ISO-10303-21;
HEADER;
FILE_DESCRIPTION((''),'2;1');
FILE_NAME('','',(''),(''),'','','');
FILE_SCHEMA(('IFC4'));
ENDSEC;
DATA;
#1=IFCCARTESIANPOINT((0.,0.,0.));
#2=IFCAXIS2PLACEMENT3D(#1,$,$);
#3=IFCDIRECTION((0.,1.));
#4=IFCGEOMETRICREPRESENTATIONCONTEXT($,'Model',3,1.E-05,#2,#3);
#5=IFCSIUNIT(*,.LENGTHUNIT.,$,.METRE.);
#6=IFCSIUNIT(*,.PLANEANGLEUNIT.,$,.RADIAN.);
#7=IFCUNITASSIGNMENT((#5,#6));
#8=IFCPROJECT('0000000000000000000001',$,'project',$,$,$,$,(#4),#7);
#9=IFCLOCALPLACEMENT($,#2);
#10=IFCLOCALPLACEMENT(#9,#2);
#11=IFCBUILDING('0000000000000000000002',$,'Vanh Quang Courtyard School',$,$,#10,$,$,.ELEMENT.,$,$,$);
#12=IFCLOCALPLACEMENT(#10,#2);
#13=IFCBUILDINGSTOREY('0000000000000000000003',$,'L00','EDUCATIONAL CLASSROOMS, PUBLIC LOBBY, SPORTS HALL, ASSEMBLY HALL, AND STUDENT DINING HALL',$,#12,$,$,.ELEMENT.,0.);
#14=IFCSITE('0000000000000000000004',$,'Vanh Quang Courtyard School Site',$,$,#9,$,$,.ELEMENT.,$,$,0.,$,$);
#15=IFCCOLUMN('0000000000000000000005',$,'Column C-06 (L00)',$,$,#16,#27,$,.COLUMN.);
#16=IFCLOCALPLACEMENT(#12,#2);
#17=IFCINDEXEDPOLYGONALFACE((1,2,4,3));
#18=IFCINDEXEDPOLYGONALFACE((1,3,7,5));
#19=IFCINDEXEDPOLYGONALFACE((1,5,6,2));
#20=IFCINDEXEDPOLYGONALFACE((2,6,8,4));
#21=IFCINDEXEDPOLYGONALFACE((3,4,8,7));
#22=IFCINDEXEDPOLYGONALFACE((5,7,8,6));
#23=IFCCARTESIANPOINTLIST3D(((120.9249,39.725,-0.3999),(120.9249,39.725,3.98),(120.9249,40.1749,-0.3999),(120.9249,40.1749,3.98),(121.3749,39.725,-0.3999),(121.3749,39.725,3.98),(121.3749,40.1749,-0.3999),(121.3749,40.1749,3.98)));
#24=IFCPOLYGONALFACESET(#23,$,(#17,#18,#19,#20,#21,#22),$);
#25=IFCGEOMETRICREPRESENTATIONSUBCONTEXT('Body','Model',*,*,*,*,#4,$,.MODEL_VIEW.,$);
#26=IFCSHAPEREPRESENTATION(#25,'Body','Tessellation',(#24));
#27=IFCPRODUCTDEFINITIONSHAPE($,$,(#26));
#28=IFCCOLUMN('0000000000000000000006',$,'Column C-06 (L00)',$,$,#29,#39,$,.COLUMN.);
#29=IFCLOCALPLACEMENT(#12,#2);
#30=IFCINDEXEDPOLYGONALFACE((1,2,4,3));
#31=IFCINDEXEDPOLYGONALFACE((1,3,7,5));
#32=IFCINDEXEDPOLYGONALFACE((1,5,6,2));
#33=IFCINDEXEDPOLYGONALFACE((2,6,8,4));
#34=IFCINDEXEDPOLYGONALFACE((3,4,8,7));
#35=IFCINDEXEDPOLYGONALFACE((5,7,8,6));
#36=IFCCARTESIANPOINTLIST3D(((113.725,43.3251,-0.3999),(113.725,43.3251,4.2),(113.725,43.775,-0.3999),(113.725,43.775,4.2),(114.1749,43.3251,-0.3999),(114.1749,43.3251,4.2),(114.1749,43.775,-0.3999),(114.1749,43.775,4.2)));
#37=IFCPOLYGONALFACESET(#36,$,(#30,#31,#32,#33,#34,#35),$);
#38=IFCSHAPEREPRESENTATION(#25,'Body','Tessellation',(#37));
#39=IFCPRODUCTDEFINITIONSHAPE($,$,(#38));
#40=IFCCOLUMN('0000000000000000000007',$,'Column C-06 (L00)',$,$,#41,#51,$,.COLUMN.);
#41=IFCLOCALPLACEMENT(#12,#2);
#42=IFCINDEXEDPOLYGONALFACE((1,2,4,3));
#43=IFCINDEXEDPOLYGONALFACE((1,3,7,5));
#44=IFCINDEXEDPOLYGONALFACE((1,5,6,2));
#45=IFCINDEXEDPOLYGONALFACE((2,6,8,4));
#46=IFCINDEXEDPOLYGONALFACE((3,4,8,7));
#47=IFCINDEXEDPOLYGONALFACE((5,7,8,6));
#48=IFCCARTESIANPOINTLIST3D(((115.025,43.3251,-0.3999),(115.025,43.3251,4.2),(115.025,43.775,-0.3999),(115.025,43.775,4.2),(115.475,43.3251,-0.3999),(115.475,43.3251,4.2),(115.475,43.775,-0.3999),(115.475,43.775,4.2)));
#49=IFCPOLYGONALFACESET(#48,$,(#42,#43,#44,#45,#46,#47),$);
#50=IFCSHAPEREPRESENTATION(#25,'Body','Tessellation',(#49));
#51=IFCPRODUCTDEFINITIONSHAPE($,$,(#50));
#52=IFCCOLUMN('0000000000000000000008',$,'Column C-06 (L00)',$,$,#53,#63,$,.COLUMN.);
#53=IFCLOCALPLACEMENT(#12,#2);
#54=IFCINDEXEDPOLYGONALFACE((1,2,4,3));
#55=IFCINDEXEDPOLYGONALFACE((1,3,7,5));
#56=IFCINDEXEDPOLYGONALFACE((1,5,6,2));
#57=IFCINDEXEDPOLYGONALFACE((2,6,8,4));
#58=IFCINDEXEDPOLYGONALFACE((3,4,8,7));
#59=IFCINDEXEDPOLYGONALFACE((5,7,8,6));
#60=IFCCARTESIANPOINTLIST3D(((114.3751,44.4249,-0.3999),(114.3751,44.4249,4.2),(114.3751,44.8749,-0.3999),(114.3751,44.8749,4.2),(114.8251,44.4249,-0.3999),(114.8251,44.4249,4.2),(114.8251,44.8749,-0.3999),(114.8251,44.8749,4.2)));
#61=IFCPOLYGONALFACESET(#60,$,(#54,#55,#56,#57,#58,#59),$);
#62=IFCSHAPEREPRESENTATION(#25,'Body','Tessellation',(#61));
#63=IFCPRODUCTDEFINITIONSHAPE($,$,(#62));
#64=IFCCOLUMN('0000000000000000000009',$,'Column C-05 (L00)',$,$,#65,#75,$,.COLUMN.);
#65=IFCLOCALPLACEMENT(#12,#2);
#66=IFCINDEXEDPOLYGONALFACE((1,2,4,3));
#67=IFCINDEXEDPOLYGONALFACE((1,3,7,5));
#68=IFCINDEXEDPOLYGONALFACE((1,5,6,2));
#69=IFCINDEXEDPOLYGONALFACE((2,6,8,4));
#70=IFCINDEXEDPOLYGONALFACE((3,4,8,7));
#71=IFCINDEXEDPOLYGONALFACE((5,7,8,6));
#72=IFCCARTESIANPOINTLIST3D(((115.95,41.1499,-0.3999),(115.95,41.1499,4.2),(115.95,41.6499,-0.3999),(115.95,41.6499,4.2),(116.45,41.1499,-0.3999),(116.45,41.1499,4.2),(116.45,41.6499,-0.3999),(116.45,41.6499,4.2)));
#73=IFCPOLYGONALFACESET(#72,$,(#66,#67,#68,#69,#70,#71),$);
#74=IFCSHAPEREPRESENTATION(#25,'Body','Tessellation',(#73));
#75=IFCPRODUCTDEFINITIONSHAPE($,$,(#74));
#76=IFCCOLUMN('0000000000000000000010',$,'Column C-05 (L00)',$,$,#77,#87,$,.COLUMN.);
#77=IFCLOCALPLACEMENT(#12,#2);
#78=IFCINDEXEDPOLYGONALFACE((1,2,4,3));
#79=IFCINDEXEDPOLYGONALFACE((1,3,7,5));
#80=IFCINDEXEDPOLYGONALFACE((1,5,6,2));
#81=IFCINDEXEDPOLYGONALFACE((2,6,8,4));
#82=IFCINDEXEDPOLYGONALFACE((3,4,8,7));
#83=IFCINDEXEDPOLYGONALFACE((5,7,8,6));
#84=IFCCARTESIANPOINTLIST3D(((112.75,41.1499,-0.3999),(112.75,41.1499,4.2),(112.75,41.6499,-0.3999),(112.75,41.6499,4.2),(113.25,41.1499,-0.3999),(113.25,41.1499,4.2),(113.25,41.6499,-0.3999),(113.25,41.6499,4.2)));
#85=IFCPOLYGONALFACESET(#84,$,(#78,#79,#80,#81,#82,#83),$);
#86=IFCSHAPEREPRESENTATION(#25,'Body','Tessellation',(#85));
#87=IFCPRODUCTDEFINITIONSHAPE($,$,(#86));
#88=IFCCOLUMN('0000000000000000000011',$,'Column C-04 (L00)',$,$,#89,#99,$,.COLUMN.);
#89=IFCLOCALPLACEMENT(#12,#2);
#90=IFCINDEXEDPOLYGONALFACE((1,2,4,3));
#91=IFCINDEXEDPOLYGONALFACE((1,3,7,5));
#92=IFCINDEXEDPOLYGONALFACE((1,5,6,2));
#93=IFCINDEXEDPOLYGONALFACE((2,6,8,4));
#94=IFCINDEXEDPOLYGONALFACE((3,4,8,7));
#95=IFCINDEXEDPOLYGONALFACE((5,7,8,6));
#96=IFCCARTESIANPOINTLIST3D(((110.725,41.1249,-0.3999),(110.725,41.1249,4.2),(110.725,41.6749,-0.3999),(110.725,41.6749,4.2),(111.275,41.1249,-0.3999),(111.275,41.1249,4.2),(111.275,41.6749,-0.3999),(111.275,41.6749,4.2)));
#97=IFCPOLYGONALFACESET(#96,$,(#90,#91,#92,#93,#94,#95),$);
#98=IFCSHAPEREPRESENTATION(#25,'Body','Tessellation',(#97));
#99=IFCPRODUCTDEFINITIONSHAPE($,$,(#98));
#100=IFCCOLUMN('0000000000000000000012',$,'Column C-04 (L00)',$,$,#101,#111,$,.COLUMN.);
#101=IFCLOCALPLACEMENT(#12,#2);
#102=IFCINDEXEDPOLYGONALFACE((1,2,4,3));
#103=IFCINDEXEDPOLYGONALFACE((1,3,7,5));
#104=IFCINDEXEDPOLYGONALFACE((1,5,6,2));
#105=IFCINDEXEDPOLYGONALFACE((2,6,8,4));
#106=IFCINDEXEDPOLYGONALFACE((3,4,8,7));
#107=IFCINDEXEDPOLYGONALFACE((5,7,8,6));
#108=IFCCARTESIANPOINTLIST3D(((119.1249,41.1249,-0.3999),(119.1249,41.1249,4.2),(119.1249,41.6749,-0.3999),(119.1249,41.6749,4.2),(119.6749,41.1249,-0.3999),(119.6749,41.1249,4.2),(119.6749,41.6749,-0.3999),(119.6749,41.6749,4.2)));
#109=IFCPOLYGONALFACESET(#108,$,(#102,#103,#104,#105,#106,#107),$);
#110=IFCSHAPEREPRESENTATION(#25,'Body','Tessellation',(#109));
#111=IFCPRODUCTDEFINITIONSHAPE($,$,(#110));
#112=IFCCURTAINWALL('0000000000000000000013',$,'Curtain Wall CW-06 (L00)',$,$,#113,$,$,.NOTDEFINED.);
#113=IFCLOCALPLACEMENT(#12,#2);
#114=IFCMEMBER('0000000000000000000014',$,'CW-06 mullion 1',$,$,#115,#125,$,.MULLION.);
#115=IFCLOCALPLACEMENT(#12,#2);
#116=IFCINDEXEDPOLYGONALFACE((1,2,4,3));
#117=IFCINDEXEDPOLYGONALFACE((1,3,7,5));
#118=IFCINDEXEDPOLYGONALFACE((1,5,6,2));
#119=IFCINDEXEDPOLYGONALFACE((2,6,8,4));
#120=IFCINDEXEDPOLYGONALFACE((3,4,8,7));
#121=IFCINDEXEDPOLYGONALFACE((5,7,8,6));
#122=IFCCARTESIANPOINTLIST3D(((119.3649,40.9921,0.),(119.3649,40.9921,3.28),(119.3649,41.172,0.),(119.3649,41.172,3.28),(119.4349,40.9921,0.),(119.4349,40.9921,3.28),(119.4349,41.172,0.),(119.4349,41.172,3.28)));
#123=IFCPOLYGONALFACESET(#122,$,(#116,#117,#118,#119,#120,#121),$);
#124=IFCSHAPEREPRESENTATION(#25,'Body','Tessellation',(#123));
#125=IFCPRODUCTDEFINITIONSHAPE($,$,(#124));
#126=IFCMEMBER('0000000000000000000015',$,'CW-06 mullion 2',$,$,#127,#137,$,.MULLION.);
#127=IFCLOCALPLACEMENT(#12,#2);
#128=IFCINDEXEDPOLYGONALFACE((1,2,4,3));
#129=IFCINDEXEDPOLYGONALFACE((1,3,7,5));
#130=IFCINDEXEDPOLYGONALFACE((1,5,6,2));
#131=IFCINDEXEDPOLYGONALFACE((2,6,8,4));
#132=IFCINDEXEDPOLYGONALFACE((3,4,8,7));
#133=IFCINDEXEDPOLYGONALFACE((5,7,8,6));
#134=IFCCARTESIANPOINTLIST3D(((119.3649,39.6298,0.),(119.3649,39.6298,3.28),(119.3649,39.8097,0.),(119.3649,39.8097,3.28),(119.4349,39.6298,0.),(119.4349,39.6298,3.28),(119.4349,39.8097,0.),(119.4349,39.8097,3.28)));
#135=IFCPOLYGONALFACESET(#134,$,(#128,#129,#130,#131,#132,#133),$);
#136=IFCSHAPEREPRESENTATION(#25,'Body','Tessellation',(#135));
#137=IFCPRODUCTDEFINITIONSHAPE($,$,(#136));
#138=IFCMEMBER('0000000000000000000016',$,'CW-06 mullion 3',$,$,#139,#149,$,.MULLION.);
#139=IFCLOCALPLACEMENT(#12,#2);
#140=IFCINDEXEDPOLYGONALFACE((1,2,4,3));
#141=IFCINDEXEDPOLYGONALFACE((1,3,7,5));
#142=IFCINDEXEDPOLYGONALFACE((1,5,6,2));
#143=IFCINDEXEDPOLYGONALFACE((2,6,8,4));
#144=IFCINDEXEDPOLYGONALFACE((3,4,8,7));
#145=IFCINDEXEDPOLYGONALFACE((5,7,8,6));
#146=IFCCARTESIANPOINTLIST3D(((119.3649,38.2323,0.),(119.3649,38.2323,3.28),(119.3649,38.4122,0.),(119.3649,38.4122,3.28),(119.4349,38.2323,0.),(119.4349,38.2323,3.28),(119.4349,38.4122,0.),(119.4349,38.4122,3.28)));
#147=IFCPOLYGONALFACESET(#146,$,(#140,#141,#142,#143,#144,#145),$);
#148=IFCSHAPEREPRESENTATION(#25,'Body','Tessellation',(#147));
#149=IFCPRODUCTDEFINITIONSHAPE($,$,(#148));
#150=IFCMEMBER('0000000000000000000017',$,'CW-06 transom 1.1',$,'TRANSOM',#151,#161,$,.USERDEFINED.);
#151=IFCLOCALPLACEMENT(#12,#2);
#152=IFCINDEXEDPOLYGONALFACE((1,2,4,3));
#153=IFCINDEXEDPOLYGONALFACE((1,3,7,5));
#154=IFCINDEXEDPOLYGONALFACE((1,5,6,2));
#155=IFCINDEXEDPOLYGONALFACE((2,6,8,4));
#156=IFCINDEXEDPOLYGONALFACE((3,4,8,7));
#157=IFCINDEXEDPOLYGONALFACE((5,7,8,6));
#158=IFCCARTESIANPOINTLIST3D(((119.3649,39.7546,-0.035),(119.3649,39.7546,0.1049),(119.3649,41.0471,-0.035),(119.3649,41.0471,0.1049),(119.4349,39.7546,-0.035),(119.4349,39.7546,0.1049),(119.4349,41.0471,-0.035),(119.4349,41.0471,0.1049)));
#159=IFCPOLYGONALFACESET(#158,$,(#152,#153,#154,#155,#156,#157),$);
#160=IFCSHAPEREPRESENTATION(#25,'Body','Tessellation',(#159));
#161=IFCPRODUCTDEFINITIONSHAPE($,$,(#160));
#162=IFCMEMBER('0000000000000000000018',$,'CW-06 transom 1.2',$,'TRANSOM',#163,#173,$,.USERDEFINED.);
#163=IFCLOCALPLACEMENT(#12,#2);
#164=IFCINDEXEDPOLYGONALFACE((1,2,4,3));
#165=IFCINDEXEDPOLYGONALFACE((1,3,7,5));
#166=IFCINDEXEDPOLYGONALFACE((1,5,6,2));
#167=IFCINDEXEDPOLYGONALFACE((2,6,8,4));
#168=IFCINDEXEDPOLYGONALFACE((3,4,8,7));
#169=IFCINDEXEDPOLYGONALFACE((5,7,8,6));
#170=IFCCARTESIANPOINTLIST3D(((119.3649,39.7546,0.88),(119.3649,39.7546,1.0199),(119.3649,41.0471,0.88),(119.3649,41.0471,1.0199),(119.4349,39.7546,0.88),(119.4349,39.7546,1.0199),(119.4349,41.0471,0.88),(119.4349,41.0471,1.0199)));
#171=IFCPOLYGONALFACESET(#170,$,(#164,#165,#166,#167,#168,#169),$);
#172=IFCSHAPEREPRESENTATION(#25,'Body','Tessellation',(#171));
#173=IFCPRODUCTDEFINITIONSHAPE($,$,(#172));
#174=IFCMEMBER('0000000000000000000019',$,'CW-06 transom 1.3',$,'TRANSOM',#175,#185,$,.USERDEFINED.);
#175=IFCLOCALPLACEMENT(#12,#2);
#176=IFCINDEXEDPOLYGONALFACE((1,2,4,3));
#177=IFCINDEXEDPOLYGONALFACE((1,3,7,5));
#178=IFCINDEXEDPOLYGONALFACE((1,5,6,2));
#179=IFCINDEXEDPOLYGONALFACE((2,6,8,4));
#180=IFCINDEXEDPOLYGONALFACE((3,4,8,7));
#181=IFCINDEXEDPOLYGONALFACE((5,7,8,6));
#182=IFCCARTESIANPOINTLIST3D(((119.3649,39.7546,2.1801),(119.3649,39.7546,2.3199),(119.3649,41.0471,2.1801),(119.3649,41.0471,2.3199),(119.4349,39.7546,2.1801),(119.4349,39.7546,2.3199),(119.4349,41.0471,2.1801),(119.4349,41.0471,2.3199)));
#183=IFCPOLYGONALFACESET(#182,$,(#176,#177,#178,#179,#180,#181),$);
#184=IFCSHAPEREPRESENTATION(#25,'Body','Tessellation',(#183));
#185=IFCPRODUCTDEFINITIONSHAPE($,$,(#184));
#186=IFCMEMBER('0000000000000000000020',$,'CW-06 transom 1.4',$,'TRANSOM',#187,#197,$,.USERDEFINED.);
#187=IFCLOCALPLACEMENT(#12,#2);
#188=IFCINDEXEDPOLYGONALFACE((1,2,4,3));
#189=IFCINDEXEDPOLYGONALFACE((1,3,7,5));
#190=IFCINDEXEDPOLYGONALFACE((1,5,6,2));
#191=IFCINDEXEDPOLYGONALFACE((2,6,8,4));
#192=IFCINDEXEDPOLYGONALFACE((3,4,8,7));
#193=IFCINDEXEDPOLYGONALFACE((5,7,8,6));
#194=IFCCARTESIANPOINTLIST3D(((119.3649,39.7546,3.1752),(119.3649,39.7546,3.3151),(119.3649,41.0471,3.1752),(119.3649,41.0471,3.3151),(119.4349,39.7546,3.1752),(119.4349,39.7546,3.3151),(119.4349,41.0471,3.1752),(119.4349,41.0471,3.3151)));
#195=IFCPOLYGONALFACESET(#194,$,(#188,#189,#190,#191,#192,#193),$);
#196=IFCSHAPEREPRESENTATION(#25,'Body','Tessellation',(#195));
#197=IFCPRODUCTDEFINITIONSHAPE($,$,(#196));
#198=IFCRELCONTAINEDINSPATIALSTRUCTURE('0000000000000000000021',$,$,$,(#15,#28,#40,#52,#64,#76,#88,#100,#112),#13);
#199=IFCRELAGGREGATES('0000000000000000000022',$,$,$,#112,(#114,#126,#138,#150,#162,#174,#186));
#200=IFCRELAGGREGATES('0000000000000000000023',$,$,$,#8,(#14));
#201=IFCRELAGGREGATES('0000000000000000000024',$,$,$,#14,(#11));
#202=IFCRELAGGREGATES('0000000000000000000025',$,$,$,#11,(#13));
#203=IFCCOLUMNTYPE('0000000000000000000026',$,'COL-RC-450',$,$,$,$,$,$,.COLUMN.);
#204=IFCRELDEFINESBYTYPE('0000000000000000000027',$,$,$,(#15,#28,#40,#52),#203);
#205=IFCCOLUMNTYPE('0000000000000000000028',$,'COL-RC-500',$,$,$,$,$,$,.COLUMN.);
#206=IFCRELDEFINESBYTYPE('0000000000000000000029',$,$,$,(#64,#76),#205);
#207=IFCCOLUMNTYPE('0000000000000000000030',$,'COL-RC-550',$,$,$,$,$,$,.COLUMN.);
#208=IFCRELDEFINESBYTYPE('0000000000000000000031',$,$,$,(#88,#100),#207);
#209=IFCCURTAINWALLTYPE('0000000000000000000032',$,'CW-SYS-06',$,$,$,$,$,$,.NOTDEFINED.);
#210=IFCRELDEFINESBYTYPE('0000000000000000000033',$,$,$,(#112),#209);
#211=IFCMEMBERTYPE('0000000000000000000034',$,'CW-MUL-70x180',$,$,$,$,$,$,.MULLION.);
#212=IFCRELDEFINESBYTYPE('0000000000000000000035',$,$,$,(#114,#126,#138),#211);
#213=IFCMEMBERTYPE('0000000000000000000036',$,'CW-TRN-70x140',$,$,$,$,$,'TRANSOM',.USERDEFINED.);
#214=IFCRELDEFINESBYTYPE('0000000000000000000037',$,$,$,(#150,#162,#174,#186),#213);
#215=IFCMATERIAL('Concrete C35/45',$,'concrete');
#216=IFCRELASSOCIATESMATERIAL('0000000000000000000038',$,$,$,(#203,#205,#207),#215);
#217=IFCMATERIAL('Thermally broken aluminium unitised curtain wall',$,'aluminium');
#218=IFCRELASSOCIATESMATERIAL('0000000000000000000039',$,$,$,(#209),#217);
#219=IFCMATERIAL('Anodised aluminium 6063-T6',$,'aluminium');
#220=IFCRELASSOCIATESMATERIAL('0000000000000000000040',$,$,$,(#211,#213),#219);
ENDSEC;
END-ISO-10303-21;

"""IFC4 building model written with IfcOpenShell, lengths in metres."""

from ifc_helpers import new_model, si_unit, direction, frame, origin, origin_2d, place, context, subcontext, project, spatial, rectangle, extrude, material, material_profile, profile_set, type_object, element, aggregate, save


model = new_model("IFC4")

# Units and contexts
model_context = context("Model", 3, precision=1e-05, world=origin(), true_north=direction((0.0, 1.0)))
body_context = subcontext(model_context, "Body", "Model", "MODEL_VIEW")
ifc_project = project(units=[si_unit("LENGTHUNIT", "METRE"), si_unit("PLANEANGLEUNIT", "RADIAN")], contexts=[model_context])

# Site, building, storey
site_placement = place(None, origin())
site = spatial("IfcSite", under=ifc_project, at=site_placement, Name="Vanh Quang Courtyard School Site", CompositionType="ELEMENT", RefElevation=0.0)
building_placement = place(site_placement, origin())
building = spatial("IfcBuilding", under=site, at=building_placement, Name="Vanh Quang Courtyard School", CompositionType="ELEMENT")
storey_placement = place(building_placement, origin())
storey = spatial("IfcBuildingStorey", under=building, at=storey_placement, Name="L00", Description="EDUCATIONAL CLASSROOMS, PUBLIC LOBBY, SPORTS HALL, ASSEMBLY HALL, AND STUDENT DINING HALL", CompositionType="ELEMENT", Elevation=0.0)

# Columns
ifc_material_1 = material(Name="Concrete C35/45", Category="concrete")
ifc_material_profile_1 = material_profile(ifc_material_1, rectangle(XDim=0.45, YDim=0.45, at=origin_2d()), Name="RC-COL 450x450")
ifc_profile_set_1 = profile_set([ifc_material_profile_1], Name="Concrete C35/45")
column_type_1 = type_object("IfcColumnType", Name="COL-RC-450", PredefinedType="COLUMN", material=ifc_profile_set_1)
column_placement = place(storey_placement, frame((121.1499, 39.95, -0.3999), z_axis=(0.0, 0.0, 1.0), x_axis=(1.0, 0.0, 0.0)))
element("IfcColumn", 1, at=column_placement, inside=storey, type_object=column_type_1, Name="Column C-06 (L00)", PredefinedType="COLUMN", context=body_context, shape_type="SweptSolid", body=[
    extrude(rectangle(XDim=0.45, YDim=0.45, at=origin_2d()), origin(), (0.0, 0.0, 1.0), 4.3799),
])
for number, where, z_axis, x_axis, name in (
    (2, (113.95, 43.55, -0.3999), (0.0, 0.0, 1.0), (1.0, 0.0, 0.0), "Column C-06 (L00)"),
    (3, (115.25, 43.55, -0.3999), (0.0, 0.0, 1.0), (1.0, 0.0, 0.0), "Column C-06 (L00)"),
    (4, (114.6001, 44.6499, -0.3999), (0.0, 0.0, 1.0), (1.0, 0.0, 0.0), "Column C-06 (L00)"),
):
    element("IfcColumn", number, at=place(storey_placement, frame(where, z_axis=z_axis, x_axis=x_axis)), inside=storey, type_object=column_type_1, Name=name, PredefinedType="COLUMN", context=body_context, shape_type="SweptSolid", body=[
        extrude(rectangle(XDim=0.45, YDim=0.45, at=origin_2d()), origin(), (0.0, 0.0, 1.0), 4.5999),
    ])
ifc_material_profile_2 = material_profile(ifc_material_1, rectangle(XDim=0.5, YDim=0.5, at=origin_2d()), Name="RC-COL 500x500")
ifc_profile_set_2 = profile_set([ifc_material_profile_2], Name="Concrete C35/45")
column_type_2 = type_object("IfcColumnType", Name="COL-RC-500", PredefinedType="COLUMN", material=ifc_profile_set_2)
for number, where, z_axis, x_axis, name in (
    (5, (116.2, 41.3999, -0.3999), (0.0, 0.0, 1.0), (1.0, 0.0, 0.0), "Column C-05 (L00)"),
    (6, (113.0, 41.3999, -0.3999), (0.0, 0.0, 1.0), (1.0, 0.0, 0.0), "Column C-05 (L00)"),
):
    element("IfcColumn", number, at=place(storey_placement, frame(where, z_axis=z_axis, x_axis=x_axis)), inside=storey, type_object=column_type_2, Name=name, PredefinedType="COLUMN", context=body_context, shape_type="SweptSolid", body=[
        extrude(rectangle(XDim=0.5, YDim=0.5, at=origin_2d()), origin(), (0.0, 0.0, 1.0), 4.5999),
    ])
ifc_material_profile_3 = material_profile(ifc_material_1, rectangle(XDim=0.55, YDim=0.55, at=origin_2d()), Name="RC-COL 550x550")
ifc_profile_set_3 = profile_set([ifc_material_profile_3], Name="Concrete C35/45")
column_type_3 = type_object("IfcColumnType", Name="COL-RC-550", PredefinedType="COLUMN", material=ifc_profile_set_3)
for number, where, z_axis, x_axis, name in (
    (7, (111.0, 41.3999, -0.3999), (0.0, 0.0, 1.0), (1.0, 0.0, 0.0), "Column C-04 (L00)"),
    (8, (119.3999, 41.3999, -0.3999), (0.0, 0.0, 1.0), (1.0, 0.0, 0.0), "Column C-04 (L00)"),
):
    element("IfcColumn", number, at=place(storey_placement, frame(where, z_axis=z_axis, x_axis=x_axis)), inside=storey, type_object=column_type_3, Name=name, PredefinedType="COLUMN", context=body_context, shape_type="SweptSolid", body=[
        extrude(rectangle(XDim=0.55, YDim=0.55, at=origin_2d()), origin(), (0.0, 0.0, 1.0), 4.5999),
    ])

# Curtain wall, members
ifc_material_2 = material(Name="Thermally broken aluminium unitised curtain wall", Category="aluminium")
curtain_wall_type = type_object("IfcCurtainWallType", Name="CW-SYS-06", PredefinedType="NOTDEFINED", material=ifc_material_2)
curtain_wall_placement = place(storey_placement, origin())
curtain_wall = element("IfcCurtainWall", 9, at=curtain_wall_placement, inside=storey, type_object=curtain_wall_type, Name="Curtain Wall CW-06 (L00)", PredefinedType="NOTDEFINED")
ifc_material_3 = material(Name="Anodised aluminium 6063-T6", Category="aluminium")
ifc_material_profile_4 = material_profile(ifc_material_3, rectangle(XDim=0.0701, YDim=0.1799, at=origin_2d()), Name="ALU-MUL 70x180")
ifc_profile_set_4 = profile_set([ifc_material_profile_4], Name="Anodised aluminium 6063-T6")
member_type_1 = type_object("IfcMemberType", Name="CW-MUL-70x180", PredefinedType="MULLION", material=ifc_profile_set_4)
member_1_placement = place(storey_placement, frame((119.3999, 41.082, 0.0), z_axis=(0.0, 0.0, 1.0), x_axis=(1.0, 0.0, 0.0)))
member_1 = element("IfcMember", 10, at=member_1_placement, type_object=member_type_1, Name="CW-06 mullion 1", PredefinedType="MULLION", context=body_context, shape_type="SweptSolid", body=[
    extrude(rectangle(XDim=0.0701, YDim=0.1799, at=origin_2d()), origin(), (0.0, 0.0, 1.0), 3.28),
])
member_2_placement = place(storey_placement, frame((119.3999, 39.7197, 0.0), z_axis=(0.0, 0.0, 1.0), x_axis=(1.0, 0.0, 0.0)))
member_2 = element("IfcMember", 11, at=member_2_placement, type_object=member_type_1, Name="CW-06 mullion 2", PredefinedType="MULLION", context=body_context, shape_type="SweptSolid", body=[
    extrude(rectangle(XDim=0.0701, YDim=0.1799, at=origin_2d()), origin(), (0.0, 0.0, 1.0), 3.28),
])
member_3_placement = place(storey_placement, frame((119.3999, 38.3223, 0.0), z_axis=(0.0, 0.0, 1.0), x_axis=(1.0, 0.0, 0.0)))
member_3 = element("IfcMember", 12, at=member_3_placement, type_object=member_type_1, Name="CW-06 mullion 3", PredefinedType="MULLION", context=body_context, shape_type="SweptSolid", body=[
    extrude(rectangle(XDim=0.0701, YDim=0.1799, at=origin_2d()), origin(), (0.0, 0.0, 1.0), 3.28),
])
ifc_material_profile_5 = material_profile(ifc_material_3, rectangle(XDim=0.0701, YDim=0.1399, at=origin_2d()), Name="ALU-TRN 70x140")
ifc_profile_set_5 = profile_set([ifc_material_profile_5], Name="Anodised aluminium 6063-T6")
member_type_2 = type_object("IfcMemberType", Name="CW-TRN-70x140", ElementType="TRANSOM", PredefinedType="USERDEFINED", material=ifc_profile_set_5)
member_4_placement = place(storey_placement, frame((119.3999, 41.0471, 0.0349), z_axis=(0.0, -1.0, 0.0), x_axis=(1.0, 0.0, 0.0)))
member_4 = element("IfcMember", 13, at=member_4_placement, type_object=member_type_2, Name="CW-06 transom 1.1", ObjectType="TRANSOM", PredefinedType="USERDEFINED", context=body_context, shape_type="SweptSolid", body=[
    extrude(rectangle(XDim=0.0701, YDim=0.1399, at=origin_2d()), origin(), (0.0, 0.0, 1.0), 1.2925),
])
member_5_placement = place(storey_placement, frame((119.3999, 41.0471, 0.95), z_axis=(0.0, -1.0, 0.0), x_axis=(1.0, 0.0, 0.0)))
member_5 = element("IfcMember", 14, at=member_5_placement, type_object=member_type_2, Name="CW-06 transom 1.2", ObjectType="TRANSOM", PredefinedType="USERDEFINED", context=body_context, shape_type="SweptSolid", body=[
    extrude(rectangle(XDim=0.0701, YDim=0.1399, at=origin_2d()), origin(), (0.0, 0.0, 1.0), 1.2925),
])
member_6_placement = place(storey_placement, frame((119.3999, 41.0471, 2.25), z_axis=(0.0, -1.0, 0.0), x_axis=(1.0, 0.0, 0.0)))
member_6 = element("IfcMember", 15, at=member_6_placement, type_object=member_type_2, Name="CW-06 transom 1.3", ObjectType="TRANSOM", PredefinedType="USERDEFINED", context=body_context, shape_type="SweptSolid", body=[
    extrude(rectangle(XDim=0.0701, YDim=0.1399, at=origin_2d()), origin(), (0.0, 0.0, 1.0), 1.2925),
])
member_7_placement = place(storey_placement, frame((119.3999, 41.0471, 3.2451), z_axis=(0.0, -1.0, 0.0), x_axis=(1.0, 0.0, 0.0)))
member_7 = element("IfcMember", 16, at=member_7_placement, type_object=member_type_2, Name="CW-06 transom 1.4", ObjectType="TRANSOM", PredefinedType="USERDEFINED", context=body_context, shape_type="SweptSolid", body=[
    extrude(rectangle(XDim=0.0701, YDim=0.1399, at=origin_2d()), origin(), (0.0, 0.0, 1.0), 1.2925),
])
aggregate(curtain_wall, [member_1, member_2, member_3, member_4, member_5, member_6, member_7])

save(model, "model.ifc")
